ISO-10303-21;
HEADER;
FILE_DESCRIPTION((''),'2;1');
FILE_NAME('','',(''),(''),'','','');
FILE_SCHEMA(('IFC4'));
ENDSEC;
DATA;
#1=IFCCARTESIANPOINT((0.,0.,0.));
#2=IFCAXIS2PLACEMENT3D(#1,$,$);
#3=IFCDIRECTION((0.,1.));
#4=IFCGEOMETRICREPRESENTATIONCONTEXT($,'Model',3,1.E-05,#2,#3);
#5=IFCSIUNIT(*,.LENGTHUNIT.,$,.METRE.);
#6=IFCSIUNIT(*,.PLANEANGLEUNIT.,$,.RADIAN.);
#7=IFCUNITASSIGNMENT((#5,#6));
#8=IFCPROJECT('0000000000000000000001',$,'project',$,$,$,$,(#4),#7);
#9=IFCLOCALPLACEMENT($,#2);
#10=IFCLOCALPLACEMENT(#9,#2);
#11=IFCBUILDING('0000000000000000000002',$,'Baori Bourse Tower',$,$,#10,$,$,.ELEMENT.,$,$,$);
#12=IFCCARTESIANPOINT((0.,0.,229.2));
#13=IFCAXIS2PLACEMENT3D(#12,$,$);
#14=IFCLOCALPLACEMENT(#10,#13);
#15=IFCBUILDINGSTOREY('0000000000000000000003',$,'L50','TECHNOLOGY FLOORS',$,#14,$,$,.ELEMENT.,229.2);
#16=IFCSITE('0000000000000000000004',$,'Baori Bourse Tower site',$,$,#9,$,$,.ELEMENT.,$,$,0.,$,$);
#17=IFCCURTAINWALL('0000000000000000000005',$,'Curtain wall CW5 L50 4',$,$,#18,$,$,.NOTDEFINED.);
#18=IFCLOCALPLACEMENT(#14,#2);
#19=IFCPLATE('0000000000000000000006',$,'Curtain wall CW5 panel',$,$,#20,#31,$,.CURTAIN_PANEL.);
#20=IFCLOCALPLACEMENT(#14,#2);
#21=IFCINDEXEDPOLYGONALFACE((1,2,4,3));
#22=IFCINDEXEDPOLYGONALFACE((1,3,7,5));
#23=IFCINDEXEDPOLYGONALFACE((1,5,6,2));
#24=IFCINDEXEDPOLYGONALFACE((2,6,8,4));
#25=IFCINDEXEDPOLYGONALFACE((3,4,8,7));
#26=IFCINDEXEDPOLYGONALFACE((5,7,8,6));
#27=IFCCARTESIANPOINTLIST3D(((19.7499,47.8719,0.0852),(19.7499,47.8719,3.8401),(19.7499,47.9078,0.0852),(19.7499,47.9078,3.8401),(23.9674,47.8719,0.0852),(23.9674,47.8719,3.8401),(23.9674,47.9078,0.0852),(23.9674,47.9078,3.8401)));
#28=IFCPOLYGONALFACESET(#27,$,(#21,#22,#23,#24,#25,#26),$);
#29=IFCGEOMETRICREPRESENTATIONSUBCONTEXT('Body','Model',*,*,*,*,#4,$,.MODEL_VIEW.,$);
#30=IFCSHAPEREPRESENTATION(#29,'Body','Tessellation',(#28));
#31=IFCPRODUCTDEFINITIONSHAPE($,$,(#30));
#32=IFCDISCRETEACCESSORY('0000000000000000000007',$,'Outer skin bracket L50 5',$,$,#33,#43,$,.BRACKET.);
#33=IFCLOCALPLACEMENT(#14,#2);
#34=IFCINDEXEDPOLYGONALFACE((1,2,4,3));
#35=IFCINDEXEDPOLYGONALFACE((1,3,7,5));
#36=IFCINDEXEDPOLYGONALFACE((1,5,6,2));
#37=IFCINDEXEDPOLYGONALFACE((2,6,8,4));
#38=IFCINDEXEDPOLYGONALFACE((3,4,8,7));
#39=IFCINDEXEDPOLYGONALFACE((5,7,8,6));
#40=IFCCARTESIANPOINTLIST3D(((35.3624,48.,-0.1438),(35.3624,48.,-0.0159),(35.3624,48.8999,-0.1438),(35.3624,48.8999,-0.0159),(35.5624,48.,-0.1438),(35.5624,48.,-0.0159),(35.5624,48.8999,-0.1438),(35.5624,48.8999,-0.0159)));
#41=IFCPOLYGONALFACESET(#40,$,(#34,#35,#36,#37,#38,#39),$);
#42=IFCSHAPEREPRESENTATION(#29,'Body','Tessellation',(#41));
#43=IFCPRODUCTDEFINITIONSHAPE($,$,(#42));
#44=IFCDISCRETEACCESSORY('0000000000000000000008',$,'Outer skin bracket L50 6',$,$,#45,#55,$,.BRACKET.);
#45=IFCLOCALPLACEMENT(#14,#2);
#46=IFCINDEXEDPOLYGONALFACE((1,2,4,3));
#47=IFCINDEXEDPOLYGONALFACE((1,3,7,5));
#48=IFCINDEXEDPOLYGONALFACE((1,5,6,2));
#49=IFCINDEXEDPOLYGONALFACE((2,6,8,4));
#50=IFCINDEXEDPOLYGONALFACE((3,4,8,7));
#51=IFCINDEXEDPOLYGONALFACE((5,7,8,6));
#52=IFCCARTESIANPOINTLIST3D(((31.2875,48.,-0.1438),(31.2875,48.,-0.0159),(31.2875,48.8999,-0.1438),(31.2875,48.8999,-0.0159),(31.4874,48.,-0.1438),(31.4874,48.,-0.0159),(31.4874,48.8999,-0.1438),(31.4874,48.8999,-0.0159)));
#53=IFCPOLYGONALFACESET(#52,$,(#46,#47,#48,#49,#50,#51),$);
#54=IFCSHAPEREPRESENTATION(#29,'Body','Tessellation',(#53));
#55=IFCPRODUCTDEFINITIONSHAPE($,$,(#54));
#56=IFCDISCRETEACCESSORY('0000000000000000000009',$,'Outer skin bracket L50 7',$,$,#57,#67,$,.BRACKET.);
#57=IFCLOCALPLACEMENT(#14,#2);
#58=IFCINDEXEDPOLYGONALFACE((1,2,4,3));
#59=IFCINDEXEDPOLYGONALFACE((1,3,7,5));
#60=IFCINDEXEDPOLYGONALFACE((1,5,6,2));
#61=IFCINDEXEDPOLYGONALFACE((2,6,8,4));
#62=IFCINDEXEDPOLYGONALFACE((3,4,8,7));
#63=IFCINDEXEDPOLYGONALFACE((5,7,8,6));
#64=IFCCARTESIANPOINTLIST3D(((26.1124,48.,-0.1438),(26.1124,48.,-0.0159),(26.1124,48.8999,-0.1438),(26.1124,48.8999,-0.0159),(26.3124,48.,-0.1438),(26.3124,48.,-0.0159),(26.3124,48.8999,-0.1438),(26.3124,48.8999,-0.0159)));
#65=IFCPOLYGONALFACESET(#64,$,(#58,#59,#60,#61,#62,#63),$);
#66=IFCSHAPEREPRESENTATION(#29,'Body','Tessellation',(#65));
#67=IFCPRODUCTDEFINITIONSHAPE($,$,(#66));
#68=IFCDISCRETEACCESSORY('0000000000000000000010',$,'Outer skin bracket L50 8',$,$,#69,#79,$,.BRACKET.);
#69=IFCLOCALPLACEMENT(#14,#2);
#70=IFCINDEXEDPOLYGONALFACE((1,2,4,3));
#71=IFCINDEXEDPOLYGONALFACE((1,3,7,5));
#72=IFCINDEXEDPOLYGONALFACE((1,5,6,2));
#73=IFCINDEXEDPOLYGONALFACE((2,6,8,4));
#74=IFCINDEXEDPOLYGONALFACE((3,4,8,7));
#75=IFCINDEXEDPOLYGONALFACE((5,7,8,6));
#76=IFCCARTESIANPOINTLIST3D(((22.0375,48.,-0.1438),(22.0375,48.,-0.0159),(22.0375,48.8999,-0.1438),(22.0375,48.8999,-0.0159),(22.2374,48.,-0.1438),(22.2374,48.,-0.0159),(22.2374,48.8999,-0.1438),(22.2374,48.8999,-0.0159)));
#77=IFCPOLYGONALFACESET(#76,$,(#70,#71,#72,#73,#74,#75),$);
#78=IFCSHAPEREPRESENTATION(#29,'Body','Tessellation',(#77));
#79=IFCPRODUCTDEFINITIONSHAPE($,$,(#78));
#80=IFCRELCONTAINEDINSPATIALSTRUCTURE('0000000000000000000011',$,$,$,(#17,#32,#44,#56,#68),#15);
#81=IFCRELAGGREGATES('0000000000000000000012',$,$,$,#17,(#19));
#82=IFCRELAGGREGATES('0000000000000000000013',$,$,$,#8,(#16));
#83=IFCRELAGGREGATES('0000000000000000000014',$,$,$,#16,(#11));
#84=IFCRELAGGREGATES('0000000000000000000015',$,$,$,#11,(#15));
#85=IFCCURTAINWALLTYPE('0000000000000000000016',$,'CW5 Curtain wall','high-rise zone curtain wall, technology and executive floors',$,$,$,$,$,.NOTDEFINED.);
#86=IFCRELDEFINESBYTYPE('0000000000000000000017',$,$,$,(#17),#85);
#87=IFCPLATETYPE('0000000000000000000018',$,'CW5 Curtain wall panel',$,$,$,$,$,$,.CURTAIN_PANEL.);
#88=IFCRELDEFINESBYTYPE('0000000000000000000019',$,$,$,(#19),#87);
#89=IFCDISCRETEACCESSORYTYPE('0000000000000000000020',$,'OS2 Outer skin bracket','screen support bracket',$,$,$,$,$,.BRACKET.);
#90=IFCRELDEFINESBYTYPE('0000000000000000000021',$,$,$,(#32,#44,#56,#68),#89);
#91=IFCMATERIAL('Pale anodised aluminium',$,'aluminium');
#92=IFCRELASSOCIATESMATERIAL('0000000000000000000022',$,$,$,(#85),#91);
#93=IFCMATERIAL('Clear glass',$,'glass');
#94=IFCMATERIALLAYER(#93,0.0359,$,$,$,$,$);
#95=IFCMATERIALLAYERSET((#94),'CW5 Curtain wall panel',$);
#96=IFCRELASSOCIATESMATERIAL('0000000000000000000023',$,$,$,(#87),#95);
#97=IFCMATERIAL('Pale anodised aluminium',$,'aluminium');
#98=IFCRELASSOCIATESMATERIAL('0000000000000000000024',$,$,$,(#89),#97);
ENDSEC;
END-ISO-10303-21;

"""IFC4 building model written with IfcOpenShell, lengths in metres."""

from ifc_helpers import new_model, si_unit, direction, frame, origin, origin_2d, place, context, subcontext, project, spatial, rectangle, extrude, material, layer, layer_set, type_object, element, aggregate, save


model = new_model("IFC4")

# Units and contexts
model_context = context("Model", 3, precision=1e-05, world=origin(), true_north=direction((0.0, 1.0)))
body_context = subcontext(model_context, "Body", "Model", "MODEL_VIEW")
ifc_project = project(units=[si_unit("LENGTHUNIT", "METRE"), si_unit("PLANEANGLEUNIT", "RADIAN")], contexts=[model_context])

# Site, building, storey
site_placement = place(None, origin())
site = spatial("IfcSite", under=ifc_project, at=site_placement, Name="Baori Bourse Tower site", CompositionType="ELEMENT", RefElevation=0.0)
building_placement = place(site_placement, origin())
building = spatial("IfcBuilding", under=site, at=building_placement, Name="Baori Bourse Tower", CompositionType="ELEMENT")
storey_placement = place(building_placement, frame((0.0, 0.0, 229.2)))
storey = spatial("IfcBuildingStorey", under=building, at=storey_placement, Name="L50", Description="TECHNOLOGY FLOORS", CompositionType="ELEMENT", Elevation=229.2)

# Curtain wall
ifc_material_1 = material(Name="Pale anodised aluminium", Category="aluminium")
curtain_wall_type_1 = type_object("IfcCurtainWallType", Name="CW5 Curtain wall", Description="high-rise zone curtain wall, technology and executive floors", PredefinedType="NOTDEFINED", material=ifc_material_1)
curtain_wall_1_placement = place(storey_placement, origin())
curtain_wall_1 = element("IfcCurtainWall", 1, at=curtain_wall_1_placement, inside=storey, type_object=curtain_wall_type_1, Name="Curtain wall CW5 L50 4", PredefinedType="NOTDEFINED")

# Plate
ifc_material_2 = material(Name="Clear glass", Category="glass")
ifc_layer_1 = layer(ifc_material_2, 0.0359)
ifc_layer_set_1 = layer_set([ifc_layer_1], Name="CW5 Curtain wall panel")
plate_type_1 = type_object("IfcPlateType", Name="CW5 Curtain wall panel", PredefinedType="CURTAIN_PANEL", material=ifc_layer_set_1)
plate_1_placement = place(storey_placement, frame((21.8586, 47.8899, 0.0852), z_axis=(0.0, 0.0, 1.0), x_axis=(-1.0, 0.0, 0.0)))
plate_1 = element("IfcPlate", 2, at=plate_1_placement, type_object=plate_type_1, Name="Curtain wall CW5 panel", PredefinedType="CURTAIN_PANEL", context=body_context, shape_type="SweptSolid", body=[
    extrude(rectangle(XDim=4.2175, YDim=0.0359, at=origin_2d()), origin(), (0.0, 0.0, 1.0), 3.7549),
])
aggregate(curtain_wall_1, [plate_1])

# Discrete accessories
ifc_material_3 = material(Name="Pale anodised aluminium", Category="aluminium")
discrete_accessory_type = type_object("IfcDiscreteAccessoryType", Name="OS2 Outer skin bracket", Description="screen support bracket", PredefinedType="BRACKET", material=ifc_material_3)
for number, where, z_axis, x_axis, name in (
    (3, (35.4624, 48.45, -0.1438), (0.0, 0.0, 1.0), (-1.0, 0.0, 0.0), "Outer skin bracket L50 5"),
    (4, (31.3875, 48.45, -0.1438), (0.0, 0.0, 1.0), (-1.0, 0.0, 0.0), "Outer skin bracket L50 6"),
    (5, (26.2124, 48.45, -0.1438), (0.0, 0.0, 1.0), (-1.0, 0.0, 0.0), "Outer skin bracket L50 7"),
    (6, (22.1375, 48.45, -0.1438), (0.0, 0.0, 1.0), (-1.0, 0.0, 0.0), "Outer skin bracket L50 8"),
):
    element("IfcDiscreteAccessory", number, at=place(storey_placement, frame(where, z_axis=z_axis, x_axis=x_axis)), inside=storey, type_object=discrete_accessory_type, Name=name, PredefinedType="BRACKET", context=body_context, shape_type="SweptSolid", body=[
        extrude(rectangle(XDim=0.2, YDim=0.8999, at=origin_2d()), origin(), (0.0, 0.0, 1.0), 0.1279),
    ])

save(model, "model.ifc")
